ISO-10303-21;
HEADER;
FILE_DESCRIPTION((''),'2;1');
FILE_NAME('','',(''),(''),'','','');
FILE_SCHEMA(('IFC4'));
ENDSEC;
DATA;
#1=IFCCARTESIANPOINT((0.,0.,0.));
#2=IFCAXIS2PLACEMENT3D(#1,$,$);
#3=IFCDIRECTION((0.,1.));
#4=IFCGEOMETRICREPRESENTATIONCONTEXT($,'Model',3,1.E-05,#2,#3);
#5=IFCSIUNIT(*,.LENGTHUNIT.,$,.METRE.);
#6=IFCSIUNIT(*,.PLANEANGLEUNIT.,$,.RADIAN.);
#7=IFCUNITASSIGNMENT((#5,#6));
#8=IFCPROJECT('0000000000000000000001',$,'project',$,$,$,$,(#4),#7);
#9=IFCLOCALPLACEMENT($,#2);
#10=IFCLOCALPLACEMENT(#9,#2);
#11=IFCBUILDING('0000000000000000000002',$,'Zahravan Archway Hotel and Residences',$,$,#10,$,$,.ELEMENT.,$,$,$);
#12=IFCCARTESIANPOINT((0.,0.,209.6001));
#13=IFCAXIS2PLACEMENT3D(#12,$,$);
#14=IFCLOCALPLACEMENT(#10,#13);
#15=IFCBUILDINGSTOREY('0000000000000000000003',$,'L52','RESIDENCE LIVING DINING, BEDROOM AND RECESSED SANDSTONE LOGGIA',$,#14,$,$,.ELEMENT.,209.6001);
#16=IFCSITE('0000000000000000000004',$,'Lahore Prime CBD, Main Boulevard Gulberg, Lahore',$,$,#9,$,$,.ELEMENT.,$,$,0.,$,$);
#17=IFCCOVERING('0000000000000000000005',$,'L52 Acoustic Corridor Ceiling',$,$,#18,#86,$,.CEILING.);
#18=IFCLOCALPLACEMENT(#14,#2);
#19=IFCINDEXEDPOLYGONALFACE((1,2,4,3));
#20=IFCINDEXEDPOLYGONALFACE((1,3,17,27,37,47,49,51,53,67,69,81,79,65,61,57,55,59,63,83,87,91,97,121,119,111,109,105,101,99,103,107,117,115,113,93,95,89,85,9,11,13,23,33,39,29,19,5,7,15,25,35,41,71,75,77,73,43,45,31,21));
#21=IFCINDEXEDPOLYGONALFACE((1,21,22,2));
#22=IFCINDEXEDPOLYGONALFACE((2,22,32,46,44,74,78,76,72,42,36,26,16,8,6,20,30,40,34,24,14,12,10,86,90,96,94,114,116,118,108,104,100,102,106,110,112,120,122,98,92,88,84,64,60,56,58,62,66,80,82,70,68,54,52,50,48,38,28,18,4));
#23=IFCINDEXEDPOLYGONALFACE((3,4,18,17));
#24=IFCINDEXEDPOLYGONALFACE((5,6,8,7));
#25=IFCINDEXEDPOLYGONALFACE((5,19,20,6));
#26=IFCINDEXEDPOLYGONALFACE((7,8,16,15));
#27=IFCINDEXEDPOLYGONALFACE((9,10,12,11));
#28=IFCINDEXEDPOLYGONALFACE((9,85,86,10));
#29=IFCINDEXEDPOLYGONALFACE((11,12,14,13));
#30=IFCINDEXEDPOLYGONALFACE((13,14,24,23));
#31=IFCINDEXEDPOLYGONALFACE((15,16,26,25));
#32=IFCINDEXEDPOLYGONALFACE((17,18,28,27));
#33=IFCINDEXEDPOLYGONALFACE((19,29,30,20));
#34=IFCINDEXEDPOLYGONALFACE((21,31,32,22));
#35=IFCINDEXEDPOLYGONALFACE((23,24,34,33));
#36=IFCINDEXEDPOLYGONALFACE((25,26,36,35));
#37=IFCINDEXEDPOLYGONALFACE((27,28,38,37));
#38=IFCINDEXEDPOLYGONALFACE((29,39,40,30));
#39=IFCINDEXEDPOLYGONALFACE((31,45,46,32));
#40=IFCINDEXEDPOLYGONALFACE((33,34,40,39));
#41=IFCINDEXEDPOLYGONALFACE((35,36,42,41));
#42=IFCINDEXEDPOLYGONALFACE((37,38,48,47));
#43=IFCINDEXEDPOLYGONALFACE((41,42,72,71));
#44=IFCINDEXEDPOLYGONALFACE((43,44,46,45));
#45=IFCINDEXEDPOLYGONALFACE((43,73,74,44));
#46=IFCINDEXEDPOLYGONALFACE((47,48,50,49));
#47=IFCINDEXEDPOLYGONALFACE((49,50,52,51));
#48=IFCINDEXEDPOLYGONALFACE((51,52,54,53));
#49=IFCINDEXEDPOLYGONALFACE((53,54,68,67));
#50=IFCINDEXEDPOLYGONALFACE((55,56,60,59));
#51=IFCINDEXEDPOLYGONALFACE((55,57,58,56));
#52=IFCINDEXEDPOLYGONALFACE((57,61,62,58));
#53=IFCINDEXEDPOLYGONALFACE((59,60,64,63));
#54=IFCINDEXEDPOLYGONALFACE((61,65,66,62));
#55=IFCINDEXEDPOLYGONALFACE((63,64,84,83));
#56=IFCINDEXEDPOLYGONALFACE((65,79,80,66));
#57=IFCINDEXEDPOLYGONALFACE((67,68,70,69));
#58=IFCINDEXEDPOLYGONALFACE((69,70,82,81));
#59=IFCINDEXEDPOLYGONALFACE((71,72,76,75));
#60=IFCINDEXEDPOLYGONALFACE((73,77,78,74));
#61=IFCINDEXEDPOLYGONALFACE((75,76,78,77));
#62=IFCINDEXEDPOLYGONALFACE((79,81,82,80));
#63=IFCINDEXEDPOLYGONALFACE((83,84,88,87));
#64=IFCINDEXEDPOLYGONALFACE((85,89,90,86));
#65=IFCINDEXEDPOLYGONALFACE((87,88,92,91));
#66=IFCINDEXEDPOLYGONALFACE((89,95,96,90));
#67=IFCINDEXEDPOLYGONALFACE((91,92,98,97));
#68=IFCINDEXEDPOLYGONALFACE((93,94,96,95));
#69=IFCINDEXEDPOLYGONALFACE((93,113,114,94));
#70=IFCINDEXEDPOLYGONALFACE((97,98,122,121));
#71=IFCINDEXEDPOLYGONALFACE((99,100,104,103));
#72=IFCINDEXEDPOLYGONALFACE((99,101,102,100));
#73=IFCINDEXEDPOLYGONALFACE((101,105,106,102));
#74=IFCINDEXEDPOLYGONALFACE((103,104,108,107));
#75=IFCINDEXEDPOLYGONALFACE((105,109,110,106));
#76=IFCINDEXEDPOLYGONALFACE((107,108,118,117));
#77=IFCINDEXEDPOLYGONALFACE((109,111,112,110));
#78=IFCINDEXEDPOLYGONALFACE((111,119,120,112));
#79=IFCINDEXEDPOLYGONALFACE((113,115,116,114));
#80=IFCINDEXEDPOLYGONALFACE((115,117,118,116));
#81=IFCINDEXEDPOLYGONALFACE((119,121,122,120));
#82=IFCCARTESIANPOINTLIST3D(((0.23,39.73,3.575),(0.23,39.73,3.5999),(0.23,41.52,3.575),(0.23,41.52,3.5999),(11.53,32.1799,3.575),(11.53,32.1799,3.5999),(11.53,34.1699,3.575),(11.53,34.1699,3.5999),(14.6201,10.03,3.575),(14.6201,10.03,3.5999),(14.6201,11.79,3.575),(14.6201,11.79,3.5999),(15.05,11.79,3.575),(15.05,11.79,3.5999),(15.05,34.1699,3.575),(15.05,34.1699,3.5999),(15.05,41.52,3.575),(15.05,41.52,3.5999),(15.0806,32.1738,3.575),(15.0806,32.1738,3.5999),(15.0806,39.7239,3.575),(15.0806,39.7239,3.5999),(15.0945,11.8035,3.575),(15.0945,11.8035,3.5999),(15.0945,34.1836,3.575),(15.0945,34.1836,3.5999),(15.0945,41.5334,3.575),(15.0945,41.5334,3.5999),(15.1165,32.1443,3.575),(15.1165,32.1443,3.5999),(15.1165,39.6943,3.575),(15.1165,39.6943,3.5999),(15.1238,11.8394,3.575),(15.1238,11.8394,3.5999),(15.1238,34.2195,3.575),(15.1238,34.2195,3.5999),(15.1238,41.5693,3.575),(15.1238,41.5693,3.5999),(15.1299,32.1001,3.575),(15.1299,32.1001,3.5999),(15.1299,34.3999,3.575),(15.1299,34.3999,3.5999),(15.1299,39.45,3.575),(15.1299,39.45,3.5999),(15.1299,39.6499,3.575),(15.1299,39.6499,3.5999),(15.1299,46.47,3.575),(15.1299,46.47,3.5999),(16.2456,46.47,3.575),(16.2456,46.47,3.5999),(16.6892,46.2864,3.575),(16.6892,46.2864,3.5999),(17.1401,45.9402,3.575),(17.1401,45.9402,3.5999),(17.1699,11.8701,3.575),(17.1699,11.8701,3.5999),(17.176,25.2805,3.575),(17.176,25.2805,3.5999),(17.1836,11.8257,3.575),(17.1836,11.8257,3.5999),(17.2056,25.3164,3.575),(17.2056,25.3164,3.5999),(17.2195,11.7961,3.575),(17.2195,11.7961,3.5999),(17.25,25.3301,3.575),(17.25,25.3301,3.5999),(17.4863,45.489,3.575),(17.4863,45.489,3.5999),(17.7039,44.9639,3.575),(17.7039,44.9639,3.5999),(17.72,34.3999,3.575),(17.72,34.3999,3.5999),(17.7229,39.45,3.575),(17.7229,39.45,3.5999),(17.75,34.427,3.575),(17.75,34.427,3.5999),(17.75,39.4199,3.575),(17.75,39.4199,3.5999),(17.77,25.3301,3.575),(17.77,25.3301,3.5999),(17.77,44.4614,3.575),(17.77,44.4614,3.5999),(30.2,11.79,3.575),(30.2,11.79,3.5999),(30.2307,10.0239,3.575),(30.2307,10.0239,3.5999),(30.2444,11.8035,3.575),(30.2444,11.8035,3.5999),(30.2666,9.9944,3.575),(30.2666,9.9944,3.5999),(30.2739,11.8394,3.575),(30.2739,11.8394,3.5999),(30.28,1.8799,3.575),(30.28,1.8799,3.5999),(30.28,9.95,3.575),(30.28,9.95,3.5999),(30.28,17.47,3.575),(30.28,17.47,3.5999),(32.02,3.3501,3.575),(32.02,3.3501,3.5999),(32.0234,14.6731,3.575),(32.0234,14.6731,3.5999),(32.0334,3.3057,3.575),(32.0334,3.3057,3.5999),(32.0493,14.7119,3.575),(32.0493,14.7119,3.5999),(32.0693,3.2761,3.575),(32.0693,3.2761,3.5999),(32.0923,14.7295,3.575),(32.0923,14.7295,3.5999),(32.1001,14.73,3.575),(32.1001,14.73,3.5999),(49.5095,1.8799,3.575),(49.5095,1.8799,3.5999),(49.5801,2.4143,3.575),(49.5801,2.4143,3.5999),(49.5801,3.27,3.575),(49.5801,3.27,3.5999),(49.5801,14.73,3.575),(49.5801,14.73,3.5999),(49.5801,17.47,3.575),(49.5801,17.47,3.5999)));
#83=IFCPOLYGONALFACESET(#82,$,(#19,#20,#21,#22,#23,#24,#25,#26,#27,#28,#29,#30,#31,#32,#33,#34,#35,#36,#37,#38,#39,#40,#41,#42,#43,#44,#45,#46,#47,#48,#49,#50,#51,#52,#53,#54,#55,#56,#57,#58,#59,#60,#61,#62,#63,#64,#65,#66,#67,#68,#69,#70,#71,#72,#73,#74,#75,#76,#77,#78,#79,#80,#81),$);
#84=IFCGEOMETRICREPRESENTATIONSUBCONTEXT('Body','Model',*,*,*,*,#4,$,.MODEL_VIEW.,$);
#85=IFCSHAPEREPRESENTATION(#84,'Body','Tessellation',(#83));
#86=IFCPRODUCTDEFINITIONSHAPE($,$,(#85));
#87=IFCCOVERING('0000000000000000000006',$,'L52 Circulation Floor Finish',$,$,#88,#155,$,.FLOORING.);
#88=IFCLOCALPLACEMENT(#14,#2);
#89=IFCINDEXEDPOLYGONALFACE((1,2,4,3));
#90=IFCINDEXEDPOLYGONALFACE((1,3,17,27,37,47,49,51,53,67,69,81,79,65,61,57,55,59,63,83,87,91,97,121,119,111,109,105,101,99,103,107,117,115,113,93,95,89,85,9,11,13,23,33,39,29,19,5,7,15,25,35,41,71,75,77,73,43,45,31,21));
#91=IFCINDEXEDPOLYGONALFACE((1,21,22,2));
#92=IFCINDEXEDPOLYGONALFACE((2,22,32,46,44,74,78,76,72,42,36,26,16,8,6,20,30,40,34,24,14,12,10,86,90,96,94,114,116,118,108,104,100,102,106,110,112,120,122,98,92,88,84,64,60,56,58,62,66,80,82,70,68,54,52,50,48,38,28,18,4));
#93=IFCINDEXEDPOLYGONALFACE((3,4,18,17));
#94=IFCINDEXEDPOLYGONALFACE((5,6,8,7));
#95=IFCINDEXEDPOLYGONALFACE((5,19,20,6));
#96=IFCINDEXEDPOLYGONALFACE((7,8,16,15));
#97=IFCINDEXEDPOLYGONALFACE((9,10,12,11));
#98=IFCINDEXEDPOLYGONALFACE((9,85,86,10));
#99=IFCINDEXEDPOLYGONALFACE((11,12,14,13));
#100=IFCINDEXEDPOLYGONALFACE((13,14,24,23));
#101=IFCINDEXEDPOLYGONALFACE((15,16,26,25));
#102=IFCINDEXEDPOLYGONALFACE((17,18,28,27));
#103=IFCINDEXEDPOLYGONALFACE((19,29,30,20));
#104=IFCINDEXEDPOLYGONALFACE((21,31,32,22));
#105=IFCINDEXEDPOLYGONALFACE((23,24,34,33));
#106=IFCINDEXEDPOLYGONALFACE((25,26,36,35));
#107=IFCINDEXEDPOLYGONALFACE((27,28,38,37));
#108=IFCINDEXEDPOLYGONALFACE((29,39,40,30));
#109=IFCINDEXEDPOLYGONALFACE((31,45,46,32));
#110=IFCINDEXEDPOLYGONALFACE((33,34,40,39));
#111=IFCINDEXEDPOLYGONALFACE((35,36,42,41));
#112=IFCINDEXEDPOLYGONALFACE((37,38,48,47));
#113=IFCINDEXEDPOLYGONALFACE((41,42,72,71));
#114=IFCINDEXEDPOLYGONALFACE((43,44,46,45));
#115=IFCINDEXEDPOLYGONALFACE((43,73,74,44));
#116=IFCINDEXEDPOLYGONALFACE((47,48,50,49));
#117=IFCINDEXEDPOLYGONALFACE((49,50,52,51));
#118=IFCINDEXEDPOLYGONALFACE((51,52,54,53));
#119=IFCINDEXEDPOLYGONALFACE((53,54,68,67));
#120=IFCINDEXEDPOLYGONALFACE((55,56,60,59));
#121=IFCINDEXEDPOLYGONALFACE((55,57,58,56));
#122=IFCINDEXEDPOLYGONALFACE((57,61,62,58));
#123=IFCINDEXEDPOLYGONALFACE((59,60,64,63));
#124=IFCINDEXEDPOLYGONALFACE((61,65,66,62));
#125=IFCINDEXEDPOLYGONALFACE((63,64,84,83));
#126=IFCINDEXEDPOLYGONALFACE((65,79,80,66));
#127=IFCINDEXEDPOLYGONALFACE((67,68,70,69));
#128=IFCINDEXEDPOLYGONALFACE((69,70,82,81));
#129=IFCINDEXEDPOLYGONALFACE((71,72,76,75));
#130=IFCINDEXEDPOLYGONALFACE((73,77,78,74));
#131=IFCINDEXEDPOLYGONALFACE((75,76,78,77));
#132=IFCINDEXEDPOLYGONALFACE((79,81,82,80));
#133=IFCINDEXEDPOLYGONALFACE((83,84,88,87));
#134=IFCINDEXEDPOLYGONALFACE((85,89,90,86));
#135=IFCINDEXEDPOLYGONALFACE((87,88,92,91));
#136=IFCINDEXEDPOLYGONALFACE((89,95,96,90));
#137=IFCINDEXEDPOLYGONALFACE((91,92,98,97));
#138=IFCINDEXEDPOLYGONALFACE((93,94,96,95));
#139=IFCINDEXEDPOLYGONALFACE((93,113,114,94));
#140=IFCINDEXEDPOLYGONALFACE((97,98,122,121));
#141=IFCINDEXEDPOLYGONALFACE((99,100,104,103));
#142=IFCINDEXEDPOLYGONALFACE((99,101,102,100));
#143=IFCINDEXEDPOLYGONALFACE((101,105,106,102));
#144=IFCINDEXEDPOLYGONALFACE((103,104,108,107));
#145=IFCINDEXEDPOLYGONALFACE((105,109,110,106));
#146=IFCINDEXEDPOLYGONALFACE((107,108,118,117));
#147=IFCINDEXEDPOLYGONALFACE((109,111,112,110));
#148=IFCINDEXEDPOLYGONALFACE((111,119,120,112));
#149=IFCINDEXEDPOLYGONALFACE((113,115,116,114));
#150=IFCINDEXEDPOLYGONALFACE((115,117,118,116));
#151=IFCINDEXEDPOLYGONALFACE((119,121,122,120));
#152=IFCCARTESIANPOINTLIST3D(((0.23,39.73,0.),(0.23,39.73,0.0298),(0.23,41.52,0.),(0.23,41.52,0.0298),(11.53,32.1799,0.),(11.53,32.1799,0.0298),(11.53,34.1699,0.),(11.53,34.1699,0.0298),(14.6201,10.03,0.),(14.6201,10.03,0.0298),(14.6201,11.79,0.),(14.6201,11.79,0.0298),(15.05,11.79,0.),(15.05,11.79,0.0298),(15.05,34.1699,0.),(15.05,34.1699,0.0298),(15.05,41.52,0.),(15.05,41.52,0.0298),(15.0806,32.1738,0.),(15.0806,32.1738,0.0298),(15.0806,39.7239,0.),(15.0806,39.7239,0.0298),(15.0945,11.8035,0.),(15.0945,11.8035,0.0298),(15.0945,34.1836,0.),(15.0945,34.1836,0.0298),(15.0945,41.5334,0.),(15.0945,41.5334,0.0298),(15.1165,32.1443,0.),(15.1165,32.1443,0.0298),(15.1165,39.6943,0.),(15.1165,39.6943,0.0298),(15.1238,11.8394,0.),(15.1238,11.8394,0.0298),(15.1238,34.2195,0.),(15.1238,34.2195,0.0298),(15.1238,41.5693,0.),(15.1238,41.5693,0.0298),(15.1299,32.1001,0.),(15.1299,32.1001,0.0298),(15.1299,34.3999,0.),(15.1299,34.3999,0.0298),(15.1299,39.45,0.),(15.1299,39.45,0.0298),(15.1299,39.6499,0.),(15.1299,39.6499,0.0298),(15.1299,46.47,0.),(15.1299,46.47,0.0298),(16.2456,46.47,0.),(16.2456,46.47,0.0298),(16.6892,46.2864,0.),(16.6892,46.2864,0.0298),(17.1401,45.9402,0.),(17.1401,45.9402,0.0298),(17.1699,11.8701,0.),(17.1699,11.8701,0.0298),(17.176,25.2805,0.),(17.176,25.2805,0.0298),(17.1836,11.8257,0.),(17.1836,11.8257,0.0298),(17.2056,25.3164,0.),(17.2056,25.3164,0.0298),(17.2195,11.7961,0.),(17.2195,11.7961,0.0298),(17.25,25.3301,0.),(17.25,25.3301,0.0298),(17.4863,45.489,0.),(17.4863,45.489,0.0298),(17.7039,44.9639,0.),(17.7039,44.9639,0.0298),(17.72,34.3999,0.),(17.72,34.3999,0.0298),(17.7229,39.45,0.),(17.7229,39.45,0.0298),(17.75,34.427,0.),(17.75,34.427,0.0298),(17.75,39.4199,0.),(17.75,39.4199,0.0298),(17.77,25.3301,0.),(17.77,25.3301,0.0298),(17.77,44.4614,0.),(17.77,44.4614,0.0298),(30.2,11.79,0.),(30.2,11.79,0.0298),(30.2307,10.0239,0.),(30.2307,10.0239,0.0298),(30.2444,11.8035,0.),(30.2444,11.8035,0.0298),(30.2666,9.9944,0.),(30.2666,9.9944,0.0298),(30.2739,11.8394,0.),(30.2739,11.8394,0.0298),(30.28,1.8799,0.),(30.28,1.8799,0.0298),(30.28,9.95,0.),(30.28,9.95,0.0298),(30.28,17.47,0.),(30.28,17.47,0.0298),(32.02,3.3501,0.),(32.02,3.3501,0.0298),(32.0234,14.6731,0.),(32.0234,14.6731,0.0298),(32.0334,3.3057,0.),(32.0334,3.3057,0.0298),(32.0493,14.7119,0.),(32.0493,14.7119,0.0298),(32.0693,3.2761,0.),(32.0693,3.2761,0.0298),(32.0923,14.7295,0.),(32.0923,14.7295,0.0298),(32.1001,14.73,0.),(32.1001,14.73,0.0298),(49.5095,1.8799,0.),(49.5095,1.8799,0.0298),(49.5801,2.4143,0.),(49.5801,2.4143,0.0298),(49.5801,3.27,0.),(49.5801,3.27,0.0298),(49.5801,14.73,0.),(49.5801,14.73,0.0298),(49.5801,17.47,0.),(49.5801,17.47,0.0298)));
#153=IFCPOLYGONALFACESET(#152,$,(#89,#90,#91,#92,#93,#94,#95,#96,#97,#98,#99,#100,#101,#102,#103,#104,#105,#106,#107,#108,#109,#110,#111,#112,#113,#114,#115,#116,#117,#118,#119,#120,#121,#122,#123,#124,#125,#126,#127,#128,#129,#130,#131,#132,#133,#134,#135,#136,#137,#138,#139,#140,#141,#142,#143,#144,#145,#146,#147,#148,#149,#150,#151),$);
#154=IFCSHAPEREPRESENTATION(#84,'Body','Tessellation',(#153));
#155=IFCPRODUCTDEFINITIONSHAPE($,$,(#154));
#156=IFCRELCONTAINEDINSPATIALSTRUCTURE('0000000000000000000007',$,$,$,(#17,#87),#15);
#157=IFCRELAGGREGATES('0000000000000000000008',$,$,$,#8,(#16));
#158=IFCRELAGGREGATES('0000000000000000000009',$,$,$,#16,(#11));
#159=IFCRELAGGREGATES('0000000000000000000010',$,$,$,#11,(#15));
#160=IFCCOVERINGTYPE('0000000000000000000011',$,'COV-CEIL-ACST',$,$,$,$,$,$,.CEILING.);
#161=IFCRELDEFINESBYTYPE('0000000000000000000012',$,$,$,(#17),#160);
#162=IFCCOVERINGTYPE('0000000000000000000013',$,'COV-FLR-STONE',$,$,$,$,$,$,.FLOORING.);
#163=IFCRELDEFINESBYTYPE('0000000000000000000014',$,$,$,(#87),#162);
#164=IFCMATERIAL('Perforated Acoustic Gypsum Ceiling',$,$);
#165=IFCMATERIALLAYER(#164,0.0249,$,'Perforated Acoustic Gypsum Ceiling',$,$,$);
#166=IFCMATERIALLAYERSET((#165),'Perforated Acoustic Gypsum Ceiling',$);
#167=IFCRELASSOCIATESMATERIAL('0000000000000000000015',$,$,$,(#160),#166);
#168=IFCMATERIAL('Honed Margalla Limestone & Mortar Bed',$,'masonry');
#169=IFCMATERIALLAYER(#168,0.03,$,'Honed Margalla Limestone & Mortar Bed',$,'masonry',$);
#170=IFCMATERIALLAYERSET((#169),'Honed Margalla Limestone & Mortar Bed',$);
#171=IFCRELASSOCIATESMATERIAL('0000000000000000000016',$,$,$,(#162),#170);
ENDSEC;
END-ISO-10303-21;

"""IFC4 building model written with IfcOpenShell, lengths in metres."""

from ifc_helpers import new_model, si_unit, direction, frame, origin, place, context, subcontext, project, spatial, polyline, outline, extrude, material, layer, layer_set, type_object, element, save


model = new_model("IFC4")

# Units and contexts
model_context = context("Model", 3, precision=1e-05, world=origin(), true_north=direction((0.0, 1.0)))
body_context = subcontext(model_context, "Body", "Model", "MODEL_VIEW")
ifc_project = project(units=[si_unit("LENGTHUNIT", "METRE"), si_unit("PLANEANGLEUNIT", "RADIAN")], contexts=[model_context])

# Site, building, storey
site_placement = place(None, origin())
site = spatial("IfcSite", under=ifc_project, at=site_placement, Name="Lahore Prime CBD, Main Boulevard Gulberg, Lahore", CompositionType="ELEMENT", RefElevation=0.0)
building_placement = place(site_placement, origin())
building = spatial("IfcBuilding", under=site, at=building_placement, Name="Zahravan Archway Hotel and Residences", CompositionType="ELEMENT")
storey_placement = place(building_placement, frame((0.0, 0.0, 209.6001)))
storey = spatial("IfcBuildingStorey", under=building, at=storey_placement, Name="L52", Description="RESIDENCE LIVING DINING, BEDROOM AND RECESSED SANDSTONE LOGGIA", CompositionType="ELEMENT", Elevation=209.6001)

# Coverings
ifc_material_1 = material(Name="Perforated Acoustic Gypsum Ceiling")
ifc_layer_1 = layer(ifc_material_1, 0.0249, Name="Perforated Acoustic Gypsum Ceiling")
ifc_layer_set_1 = layer_set([ifc_layer_1], Name="Perforated Acoustic Gypsum Ceiling")
covering_type_1 = type_object("IfcCoveringType", Name="COV-CEIL-ACST", PredefinedType="CEILING", material=ifc_layer_set_1)
covering_1_placement = place(storey_placement, frame((0.0, 0.0, 3.575)))
element("IfcCovering", 1, at=covering_1_placement, inside=storey, type_object=covering_type_1, Name="L52 Acoustic Corridor Ceiling", PredefinedType="CEILING", context=body_context, shape_type="SweptSolid", body=[
    extrude(outline(polyline([(32.0923, 14.7295), (32.0493, 14.7119), (32.0234, 14.6731), (32.02, 3.3501), (32.0334, 3.3057), (32.0693, 3.2761), (49.5801, 3.27), (49.5801, 2.4143), (49.5095, 1.8799), (30.28, 1.8799), (30.28, 9.95), (30.2666, 9.9944), (30.2307, 10.0239), (14.6201, 10.03), (14.6201, 11.79), (15.05, 11.79), (15.0945, 11.8035), (15.1238, 11.8394), (15.1299, 32.1001), (15.1165, 32.1443), (15.0806, 32.1738), (11.53, 32.1799), (11.53, 34.1699), (15.05, 34.1699), (15.0945, 34.1836), (15.1238, 34.2195), (15.1299, 34.3999), (17.72, 34.3999), (17.75, 34.427), (17.75, 39.4199), (17.7229, 39.45), (15.1299, 39.45), (15.1299, 39.6499), (15.1165, 39.6943), (15.0806, 39.7239), (0.23, 39.73), (0.23, 41.52), (15.05, 41.52), (15.0945, 41.5334), (15.1238, 41.5693), (15.1299, 46.47), (16.2456, 46.47), (16.6892, 46.2864), (17.1401, 45.9402), (17.4863, 45.489), (17.7039, 44.9639), (17.77, 44.4614), (17.77, 25.3301), (17.25, 25.3301), (17.2056, 25.3164), (17.176, 25.2805), (17.1699, 11.8701), (17.1836, 11.8257), (17.2195, 11.7961), (30.2, 11.79), (30.2444, 11.8035), (30.2739, 11.8394), (30.28, 17.47), (49.5801, 17.47), (49.5801, 14.73), (32.1001, 14.73), (32.0923, 14.7295)])), origin(), (0.0, 0.0, 1.0), 0.0249),
])
ifc_material_2 = material(Name="Honed Margalla Limestone & Mortar Bed", Category="masonry")
ifc_layer_2 = layer(ifc_material_2, 0.03, Name="Honed Margalla Limestone & Mortar Bed", Category="masonry")
ifc_layer_set_2 = layer_set([ifc_layer_2], Name="Honed Margalla Limestone & Mortar Bed")
covering_type_2 = type_object("IfcCoveringType", Name="COV-FLR-STONE", PredefinedType="FLOORING", material=ifc_layer_set_2)
covering_2_placement = place(storey_placement, origin())
element("IfcCovering", 2, at=covering_2_placement, inside=storey, type_object=covering_type_2, Name="L52 Circulation Floor Finish", PredefinedType="FLOORING", context=body_context, shape_type="SweptSolid", body=[
    extrude(outline(polyline([(32.0923, 14.7295), (32.0493, 14.7119), (32.0234, 14.6731), (32.02, 3.3501), (32.0334, 3.3057), (32.0693, 3.2761), (49.5801, 3.27), (49.5801, 2.4143), (49.5095, 1.8799), (30.28, 1.8799), (30.28, 9.95), (30.2666, 9.9944), (30.2307, 10.0239), (14.6201, 10.03), (14.6201, 11.79), (15.05, 11.79), (15.0945, 11.8035), (15.1238, 11.8394), (15.1299, 32.1001), (15.1165, 32.1443), (15.0806, 32.1738), (11.53, 32.1799), (11.53, 34.1699), (15.05, 34.1699), (15.0945, 34.1836), (15.1238, 34.2195), (15.1299, 34.3999), (17.72, 34.3999), (17.75, 34.427), (17.75, 39.4199), (17.7229, 39.45), (15.1299, 39.45), (15.1299, 39.6499), (15.1165, 39.6943), (15.0806, 39.7239), (0.23, 39.73), (0.23, 41.52), (15.05, 41.52), (15.0945, 41.5334), (15.1238, 41.5693), (15.1299, 46.47), (16.2456, 46.47), (16.6892, 46.2864), (17.1401, 45.9402), (17.4863, 45.489), (17.7039, 44.9639), (17.77, 44.4614), (17.77, 25.3301), (17.25, 25.3301), (17.2056, 25.3164), (17.176, 25.2805), (17.1699, 11.8701), (17.1836, 11.8257), (17.2195, 11.7961), (30.2, 11.79), (30.2444, 11.8035), (30.2739, 11.8394), (30.28, 17.47), (49.5801, 17.47), (49.5801, 14.73), (32.1001, 14.73), (32.0923, 14.7295)])), origin(), (0.0, 0.0, 1.0), 0.0298),
])

save(model, "model.ifc")
